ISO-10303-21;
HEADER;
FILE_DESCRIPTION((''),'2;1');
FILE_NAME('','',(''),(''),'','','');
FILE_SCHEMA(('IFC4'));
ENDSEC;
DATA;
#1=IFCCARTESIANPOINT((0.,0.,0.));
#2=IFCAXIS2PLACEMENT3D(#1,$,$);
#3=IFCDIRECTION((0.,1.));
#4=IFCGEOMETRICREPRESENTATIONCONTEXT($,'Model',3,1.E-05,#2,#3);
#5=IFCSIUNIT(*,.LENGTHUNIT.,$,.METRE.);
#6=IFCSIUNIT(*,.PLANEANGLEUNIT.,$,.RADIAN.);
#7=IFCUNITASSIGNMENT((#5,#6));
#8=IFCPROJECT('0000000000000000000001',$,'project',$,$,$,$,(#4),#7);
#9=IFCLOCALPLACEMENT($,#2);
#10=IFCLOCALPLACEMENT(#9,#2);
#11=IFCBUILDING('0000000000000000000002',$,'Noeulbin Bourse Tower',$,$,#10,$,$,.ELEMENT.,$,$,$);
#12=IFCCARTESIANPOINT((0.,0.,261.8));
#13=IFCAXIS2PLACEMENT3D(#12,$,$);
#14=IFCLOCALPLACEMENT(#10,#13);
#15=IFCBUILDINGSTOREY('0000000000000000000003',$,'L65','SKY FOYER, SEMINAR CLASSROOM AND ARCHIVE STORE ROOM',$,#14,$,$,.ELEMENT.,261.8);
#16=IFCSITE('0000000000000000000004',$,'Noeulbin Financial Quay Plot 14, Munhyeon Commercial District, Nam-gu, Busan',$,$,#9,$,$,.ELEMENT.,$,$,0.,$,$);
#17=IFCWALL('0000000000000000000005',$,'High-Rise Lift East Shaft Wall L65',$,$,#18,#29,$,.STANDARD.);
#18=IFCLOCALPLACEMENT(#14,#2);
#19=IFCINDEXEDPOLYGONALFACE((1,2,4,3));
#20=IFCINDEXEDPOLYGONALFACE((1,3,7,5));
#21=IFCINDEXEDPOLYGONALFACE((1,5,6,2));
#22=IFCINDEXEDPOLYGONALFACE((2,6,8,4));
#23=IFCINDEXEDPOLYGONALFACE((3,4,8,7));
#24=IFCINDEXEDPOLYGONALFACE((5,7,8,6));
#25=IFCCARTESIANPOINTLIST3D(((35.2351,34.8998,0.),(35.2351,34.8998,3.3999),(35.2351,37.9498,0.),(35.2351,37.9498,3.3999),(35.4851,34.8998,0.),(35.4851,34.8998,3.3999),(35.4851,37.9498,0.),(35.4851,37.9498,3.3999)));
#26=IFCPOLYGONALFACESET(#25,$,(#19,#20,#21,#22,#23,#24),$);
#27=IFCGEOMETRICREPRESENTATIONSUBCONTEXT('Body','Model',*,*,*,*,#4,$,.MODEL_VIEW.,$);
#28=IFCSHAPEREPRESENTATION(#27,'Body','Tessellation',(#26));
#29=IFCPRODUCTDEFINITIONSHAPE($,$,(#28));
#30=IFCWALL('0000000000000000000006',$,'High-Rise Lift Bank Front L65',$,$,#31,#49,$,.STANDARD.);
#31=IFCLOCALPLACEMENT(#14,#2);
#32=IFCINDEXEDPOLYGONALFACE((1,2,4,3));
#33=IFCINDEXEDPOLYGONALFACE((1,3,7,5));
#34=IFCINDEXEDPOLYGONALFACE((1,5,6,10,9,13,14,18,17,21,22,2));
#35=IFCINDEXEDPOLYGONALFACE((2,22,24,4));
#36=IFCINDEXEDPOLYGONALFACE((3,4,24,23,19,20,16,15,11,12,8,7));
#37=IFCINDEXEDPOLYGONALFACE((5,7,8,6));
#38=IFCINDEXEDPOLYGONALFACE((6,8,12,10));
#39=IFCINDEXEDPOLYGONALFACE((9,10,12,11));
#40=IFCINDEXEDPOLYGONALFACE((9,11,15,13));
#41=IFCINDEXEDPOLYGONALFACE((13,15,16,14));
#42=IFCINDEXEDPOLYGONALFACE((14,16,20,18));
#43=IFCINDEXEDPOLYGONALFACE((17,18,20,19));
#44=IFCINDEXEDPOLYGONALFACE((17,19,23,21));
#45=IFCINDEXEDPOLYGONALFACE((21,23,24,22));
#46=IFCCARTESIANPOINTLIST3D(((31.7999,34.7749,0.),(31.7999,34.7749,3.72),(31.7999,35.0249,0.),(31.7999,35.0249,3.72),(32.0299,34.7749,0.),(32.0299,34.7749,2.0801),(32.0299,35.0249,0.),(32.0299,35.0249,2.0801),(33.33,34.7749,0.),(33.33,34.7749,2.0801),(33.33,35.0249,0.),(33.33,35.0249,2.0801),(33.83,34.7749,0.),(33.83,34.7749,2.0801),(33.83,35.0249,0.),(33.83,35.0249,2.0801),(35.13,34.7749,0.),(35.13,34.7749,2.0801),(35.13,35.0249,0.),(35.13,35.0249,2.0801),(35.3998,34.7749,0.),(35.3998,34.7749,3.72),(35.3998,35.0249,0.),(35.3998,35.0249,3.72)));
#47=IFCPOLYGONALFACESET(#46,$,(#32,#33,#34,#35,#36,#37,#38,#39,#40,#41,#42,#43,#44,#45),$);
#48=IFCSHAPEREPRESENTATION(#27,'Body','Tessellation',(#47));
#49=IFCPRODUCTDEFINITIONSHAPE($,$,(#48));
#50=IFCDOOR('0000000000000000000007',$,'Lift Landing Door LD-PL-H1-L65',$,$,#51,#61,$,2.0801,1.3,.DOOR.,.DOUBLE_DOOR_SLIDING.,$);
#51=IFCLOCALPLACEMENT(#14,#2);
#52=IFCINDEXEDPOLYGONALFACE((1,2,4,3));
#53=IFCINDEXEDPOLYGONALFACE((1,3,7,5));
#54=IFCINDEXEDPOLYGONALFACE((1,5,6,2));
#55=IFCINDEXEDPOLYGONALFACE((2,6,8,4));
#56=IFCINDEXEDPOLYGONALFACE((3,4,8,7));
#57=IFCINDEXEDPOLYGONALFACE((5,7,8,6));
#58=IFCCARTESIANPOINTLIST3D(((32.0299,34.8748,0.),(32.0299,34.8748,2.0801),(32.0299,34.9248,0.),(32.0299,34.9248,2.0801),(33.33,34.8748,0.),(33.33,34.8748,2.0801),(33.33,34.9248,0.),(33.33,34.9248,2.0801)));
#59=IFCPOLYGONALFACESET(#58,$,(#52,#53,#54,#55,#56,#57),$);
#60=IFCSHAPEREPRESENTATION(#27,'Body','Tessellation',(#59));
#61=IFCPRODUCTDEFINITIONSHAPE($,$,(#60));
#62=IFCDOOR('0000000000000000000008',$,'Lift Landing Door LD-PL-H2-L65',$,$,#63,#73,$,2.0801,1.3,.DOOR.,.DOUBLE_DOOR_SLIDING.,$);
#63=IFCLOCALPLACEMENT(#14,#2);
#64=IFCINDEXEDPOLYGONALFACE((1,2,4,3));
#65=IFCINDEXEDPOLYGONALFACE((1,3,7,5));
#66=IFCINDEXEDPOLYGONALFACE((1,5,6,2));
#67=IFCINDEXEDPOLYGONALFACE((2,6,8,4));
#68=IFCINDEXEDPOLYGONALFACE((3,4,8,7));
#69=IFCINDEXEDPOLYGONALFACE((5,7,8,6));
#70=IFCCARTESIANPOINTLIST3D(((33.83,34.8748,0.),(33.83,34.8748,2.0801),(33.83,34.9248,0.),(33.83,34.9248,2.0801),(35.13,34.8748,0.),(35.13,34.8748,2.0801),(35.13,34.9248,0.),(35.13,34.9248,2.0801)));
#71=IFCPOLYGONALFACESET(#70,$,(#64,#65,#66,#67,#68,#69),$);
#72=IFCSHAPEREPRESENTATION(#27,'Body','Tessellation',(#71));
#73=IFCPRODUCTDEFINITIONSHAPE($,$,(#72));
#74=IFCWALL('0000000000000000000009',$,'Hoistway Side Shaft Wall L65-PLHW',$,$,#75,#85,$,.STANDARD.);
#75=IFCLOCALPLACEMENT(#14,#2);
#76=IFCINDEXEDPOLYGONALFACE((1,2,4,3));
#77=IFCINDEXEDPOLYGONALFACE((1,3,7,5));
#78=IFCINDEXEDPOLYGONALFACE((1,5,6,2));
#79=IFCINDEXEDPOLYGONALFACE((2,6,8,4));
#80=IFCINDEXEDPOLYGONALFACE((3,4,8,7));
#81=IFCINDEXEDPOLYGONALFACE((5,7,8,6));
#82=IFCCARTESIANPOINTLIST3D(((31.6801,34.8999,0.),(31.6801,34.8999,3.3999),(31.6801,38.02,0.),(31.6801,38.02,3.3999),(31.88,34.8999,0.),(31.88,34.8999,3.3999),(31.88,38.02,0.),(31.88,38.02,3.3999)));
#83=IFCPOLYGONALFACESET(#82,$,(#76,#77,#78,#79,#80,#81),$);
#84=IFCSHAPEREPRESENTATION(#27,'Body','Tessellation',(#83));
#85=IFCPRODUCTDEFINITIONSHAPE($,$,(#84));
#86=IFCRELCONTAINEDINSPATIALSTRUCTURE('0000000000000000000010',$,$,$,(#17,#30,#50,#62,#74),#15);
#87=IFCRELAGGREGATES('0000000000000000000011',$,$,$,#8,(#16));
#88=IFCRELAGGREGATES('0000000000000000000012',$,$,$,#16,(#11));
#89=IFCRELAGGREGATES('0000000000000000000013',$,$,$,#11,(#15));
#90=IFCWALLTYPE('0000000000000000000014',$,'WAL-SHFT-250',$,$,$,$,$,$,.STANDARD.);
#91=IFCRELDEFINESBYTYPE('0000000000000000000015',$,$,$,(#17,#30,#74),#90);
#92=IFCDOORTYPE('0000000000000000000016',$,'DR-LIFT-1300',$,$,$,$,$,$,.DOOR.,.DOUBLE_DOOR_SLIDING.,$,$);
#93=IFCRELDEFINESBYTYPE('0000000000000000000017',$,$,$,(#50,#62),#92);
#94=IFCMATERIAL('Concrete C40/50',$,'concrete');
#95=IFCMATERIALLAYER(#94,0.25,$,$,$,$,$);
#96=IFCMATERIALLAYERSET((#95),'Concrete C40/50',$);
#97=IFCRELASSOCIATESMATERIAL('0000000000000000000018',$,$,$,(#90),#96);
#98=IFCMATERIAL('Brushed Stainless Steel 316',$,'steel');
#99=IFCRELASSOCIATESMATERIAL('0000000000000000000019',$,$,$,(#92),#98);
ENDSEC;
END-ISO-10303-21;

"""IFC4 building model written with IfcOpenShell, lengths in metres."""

from ifc_helpers import new_model, si_unit, direction, frame, frame_2d, origin, place, context, subcontext, project, spatial, rectangle, extrude, material, layer, layer_set, type_object, element, fill, save


model = new_model("IFC4")

# Units and contexts
model_context = context("Model", 3, precision=1e-05, world=origin(), true_north=direction((0.0, 1.0)))
body_context = subcontext(model_context, "Body", "Model", "MODEL_VIEW")
ifc_project = project(units=[si_unit("LENGTHUNIT", "METRE"), si_unit("PLANEANGLEUNIT", "RADIAN")], contexts=[model_context])

# Site, building, storey
site_placement = place(None, origin())
site = spatial("IfcSite", under=ifc_project, at=site_placement, Name="Noeulbin Financial Quay Plot 14, Munhyeon Commercial District, Nam-gu, Busan", CompositionType="ELEMENT", RefElevation=0.0)
building_placement = place(site_placement, origin())
building = spatial("IfcBuilding", under=site, at=building_placement, Name="Noeulbin Bourse Tower", CompositionType="ELEMENT")
storey_placement = place(building_placement, frame((0.0, 0.0, 261.8)))
storey = spatial("IfcBuildingStorey", under=building, at=storey_placement, Name="L65", Description="SKY FOYER, SEMINAR CLASSROOM AND ARCHIVE STORE ROOM", CompositionType="ELEMENT", Elevation=261.8)

# Shared definitions
ifc_material_1 = material(Name="Concrete C40/50", Category="concrete")
ifc_layer_1 = layer(ifc_material_1, 0.25)
ifc_layer_set_1 = layer_set([ifc_layer_1], Name="Concrete C40/50")
wall_type_1 = type_object("IfcWallType", Name="WAL-SHFT-250", PredefinedType="STANDARD", material=ifc_layer_set_1)
ifc_material_2 = material(Name="Brushed Stainless Steel 316", Category="steel")

# Wall
wall_1_placement = place(storey_placement, frame((35.3601, 34.8999, 0.0), z_axis=(0.0, 0.0, 1.0), x_axis=(0.0, 1.0, 0.0)))
element("IfcWall", 1, at=wall_1_placement, inside=storey, type_object=wall_type_1, Name="High-Rise Lift East Shaft Wall L65", PredefinedType="STANDARD", context=body_context, shape_type="SweptSolid", body=[
    extrude(rectangle(XDim=3.05, YDim=0.25, at=frame_2d((1.5249, 0.0))), origin(), (0.0, 0.0, 1.0), 3.3999),
])

# Wall, openings, doors
wall_2_placement = place(storey_placement, frame((31.8, 34.8999, 0.0), z_axis=(0.0, 0.0, 1.0), x_axis=(1.0, 0.0, 0.0)))
wall_2 = element("IfcWall", 2, at=wall_2_placement, inside=storey, type_object=wall_type_1, Name="High-Rise Lift Bank Front L65", PredefinedType="STANDARD", context=body_context, shape_type="SweptSolid", body=[
    extrude(rectangle(XDim=3.5999, YDim=0.25, at=frame_2d((1.7998, 0.0))), origin(), (0.0, 0.0, 1.0), 3.72),
])
opening_1_placement = place(wall_2_placement, frame((0.23, 0.0, 0.0)))
opening_1 = element("IfcOpeningElement", 3, at=opening_1_placement, cuts=wall_2, PredefinedType="OPENING", context=body_context, shape_type="SweptSolid", body=[
    extrude(rectangle(XDim=1.3, YDim=2.0801, at=frame_2d((0.6499, 1.04))), frame((0.0, 0.135, 0.0), z_axis=(0.0, -1.0, 0.0), x_axis=(1.0, 0.0, 0.0)), (0.0, 0.0, 1.0), 0.27),
])
opening_2_placement = place(wall_2_placement, frame((2.03, 0.0, 0.0)))
opening_2 = element("IfcOpeningElement", 4, at=opening_2_placement, cuts=wall_2, PredefinedType="OPENING", context=body_context, shape_type="SweptSolid", body=[
    extrude(rectangle(XDim=1.3, YDim=2.0801, at=frame_2d((0.6499, 1.04))), frame((0.0, 0.135, 0.0), z_axis=(0.0, -1.0, 0.0), x_axis=(1.0, 0.0, 0.0)), (0.0, 0.0, 1.0), 0.27),
])
door_type_1 = type_object("IfcDoorType", Name="DR-LIFT-1300", OperationType="DOUBLE_DOOR_SLIDING", PredefinedType="DOOR", material=ifc_material_2)
door_1_placement = place(opening_1_placement, origin())
door_1 = element("IfcDoor", 5, at=door_1_placement, inside=storey, type_object=door_type_1, Name="Lift Landing Door LD-PL-H1-L65", OperationType="DOUBLE_DOOR_SLIDING", OverallHeight=2.0801, OverallWidth=1.3, PredefinedType="DOOR", context=body_context, shape_type="SweptSolid", body=[
    extrude(rectangle(XDim=1.3, YDim=2.0801, at=frame_2d((0.6499, 1.04))), frame((0.0, 0.0249, 0.0), z_axis=(0.0, -1.0, 0.0), x_axis=(1.0, 0.0, 0.0)), (0.0, 0.0, 1.0), 0.05),
])
fill(opening_1, door_1)
door_2_placement = place(opening_2_placement, origin())
door_2 = element("IfcDoor", 6, at=door_2_placement, inside=storey, type_object=door_type_1, Name="Lift Landing Door LD-PL-H2-L65", OperationType="DOUBLE_DOOR_SLIDING", OverallHeight=2.0801, OverallWidth=1.3, PredefinedType="DOOR", context=body_context, shape_type="SweptSolid", body=[
    extrude(rectangle(XDim=1.3, YDim=2.0801, at=frame_2d((0.6499, 1.04))), frame((0.0, 0.0249, 0.0), z_axis=(0.0, -1.0, 0.0), x_axis=(1.0, 0.0, 0.0)), (0.0, 0.0, 1.0), 0.05),
])
fill(opening_2, door_2)

# Wall
wall_3_placement = place(storey_placement, frame((31.78, 34.8999, 0.0), z_axis=(0.0, 0.0, 1.0), x_axis=(0.0, 1.0, 0.0)))
element("IfcWall", 7, at=wall_3_placement, inside=storey, type_object=wall_type_1, Name="Hoistway Side Shaft Wall L65-PLHW", PredefinedType="STANDARD", context=body_context, shape_type="SweptSolid", body=[
    extrude(rectangle(XDim=3.1201, YDim=0.2, at=frame_2d((1.5601, 0.0))), origin(), (0.0, 0.0, 1.0), 3.3999),
])

save(model, "model.ifc")
